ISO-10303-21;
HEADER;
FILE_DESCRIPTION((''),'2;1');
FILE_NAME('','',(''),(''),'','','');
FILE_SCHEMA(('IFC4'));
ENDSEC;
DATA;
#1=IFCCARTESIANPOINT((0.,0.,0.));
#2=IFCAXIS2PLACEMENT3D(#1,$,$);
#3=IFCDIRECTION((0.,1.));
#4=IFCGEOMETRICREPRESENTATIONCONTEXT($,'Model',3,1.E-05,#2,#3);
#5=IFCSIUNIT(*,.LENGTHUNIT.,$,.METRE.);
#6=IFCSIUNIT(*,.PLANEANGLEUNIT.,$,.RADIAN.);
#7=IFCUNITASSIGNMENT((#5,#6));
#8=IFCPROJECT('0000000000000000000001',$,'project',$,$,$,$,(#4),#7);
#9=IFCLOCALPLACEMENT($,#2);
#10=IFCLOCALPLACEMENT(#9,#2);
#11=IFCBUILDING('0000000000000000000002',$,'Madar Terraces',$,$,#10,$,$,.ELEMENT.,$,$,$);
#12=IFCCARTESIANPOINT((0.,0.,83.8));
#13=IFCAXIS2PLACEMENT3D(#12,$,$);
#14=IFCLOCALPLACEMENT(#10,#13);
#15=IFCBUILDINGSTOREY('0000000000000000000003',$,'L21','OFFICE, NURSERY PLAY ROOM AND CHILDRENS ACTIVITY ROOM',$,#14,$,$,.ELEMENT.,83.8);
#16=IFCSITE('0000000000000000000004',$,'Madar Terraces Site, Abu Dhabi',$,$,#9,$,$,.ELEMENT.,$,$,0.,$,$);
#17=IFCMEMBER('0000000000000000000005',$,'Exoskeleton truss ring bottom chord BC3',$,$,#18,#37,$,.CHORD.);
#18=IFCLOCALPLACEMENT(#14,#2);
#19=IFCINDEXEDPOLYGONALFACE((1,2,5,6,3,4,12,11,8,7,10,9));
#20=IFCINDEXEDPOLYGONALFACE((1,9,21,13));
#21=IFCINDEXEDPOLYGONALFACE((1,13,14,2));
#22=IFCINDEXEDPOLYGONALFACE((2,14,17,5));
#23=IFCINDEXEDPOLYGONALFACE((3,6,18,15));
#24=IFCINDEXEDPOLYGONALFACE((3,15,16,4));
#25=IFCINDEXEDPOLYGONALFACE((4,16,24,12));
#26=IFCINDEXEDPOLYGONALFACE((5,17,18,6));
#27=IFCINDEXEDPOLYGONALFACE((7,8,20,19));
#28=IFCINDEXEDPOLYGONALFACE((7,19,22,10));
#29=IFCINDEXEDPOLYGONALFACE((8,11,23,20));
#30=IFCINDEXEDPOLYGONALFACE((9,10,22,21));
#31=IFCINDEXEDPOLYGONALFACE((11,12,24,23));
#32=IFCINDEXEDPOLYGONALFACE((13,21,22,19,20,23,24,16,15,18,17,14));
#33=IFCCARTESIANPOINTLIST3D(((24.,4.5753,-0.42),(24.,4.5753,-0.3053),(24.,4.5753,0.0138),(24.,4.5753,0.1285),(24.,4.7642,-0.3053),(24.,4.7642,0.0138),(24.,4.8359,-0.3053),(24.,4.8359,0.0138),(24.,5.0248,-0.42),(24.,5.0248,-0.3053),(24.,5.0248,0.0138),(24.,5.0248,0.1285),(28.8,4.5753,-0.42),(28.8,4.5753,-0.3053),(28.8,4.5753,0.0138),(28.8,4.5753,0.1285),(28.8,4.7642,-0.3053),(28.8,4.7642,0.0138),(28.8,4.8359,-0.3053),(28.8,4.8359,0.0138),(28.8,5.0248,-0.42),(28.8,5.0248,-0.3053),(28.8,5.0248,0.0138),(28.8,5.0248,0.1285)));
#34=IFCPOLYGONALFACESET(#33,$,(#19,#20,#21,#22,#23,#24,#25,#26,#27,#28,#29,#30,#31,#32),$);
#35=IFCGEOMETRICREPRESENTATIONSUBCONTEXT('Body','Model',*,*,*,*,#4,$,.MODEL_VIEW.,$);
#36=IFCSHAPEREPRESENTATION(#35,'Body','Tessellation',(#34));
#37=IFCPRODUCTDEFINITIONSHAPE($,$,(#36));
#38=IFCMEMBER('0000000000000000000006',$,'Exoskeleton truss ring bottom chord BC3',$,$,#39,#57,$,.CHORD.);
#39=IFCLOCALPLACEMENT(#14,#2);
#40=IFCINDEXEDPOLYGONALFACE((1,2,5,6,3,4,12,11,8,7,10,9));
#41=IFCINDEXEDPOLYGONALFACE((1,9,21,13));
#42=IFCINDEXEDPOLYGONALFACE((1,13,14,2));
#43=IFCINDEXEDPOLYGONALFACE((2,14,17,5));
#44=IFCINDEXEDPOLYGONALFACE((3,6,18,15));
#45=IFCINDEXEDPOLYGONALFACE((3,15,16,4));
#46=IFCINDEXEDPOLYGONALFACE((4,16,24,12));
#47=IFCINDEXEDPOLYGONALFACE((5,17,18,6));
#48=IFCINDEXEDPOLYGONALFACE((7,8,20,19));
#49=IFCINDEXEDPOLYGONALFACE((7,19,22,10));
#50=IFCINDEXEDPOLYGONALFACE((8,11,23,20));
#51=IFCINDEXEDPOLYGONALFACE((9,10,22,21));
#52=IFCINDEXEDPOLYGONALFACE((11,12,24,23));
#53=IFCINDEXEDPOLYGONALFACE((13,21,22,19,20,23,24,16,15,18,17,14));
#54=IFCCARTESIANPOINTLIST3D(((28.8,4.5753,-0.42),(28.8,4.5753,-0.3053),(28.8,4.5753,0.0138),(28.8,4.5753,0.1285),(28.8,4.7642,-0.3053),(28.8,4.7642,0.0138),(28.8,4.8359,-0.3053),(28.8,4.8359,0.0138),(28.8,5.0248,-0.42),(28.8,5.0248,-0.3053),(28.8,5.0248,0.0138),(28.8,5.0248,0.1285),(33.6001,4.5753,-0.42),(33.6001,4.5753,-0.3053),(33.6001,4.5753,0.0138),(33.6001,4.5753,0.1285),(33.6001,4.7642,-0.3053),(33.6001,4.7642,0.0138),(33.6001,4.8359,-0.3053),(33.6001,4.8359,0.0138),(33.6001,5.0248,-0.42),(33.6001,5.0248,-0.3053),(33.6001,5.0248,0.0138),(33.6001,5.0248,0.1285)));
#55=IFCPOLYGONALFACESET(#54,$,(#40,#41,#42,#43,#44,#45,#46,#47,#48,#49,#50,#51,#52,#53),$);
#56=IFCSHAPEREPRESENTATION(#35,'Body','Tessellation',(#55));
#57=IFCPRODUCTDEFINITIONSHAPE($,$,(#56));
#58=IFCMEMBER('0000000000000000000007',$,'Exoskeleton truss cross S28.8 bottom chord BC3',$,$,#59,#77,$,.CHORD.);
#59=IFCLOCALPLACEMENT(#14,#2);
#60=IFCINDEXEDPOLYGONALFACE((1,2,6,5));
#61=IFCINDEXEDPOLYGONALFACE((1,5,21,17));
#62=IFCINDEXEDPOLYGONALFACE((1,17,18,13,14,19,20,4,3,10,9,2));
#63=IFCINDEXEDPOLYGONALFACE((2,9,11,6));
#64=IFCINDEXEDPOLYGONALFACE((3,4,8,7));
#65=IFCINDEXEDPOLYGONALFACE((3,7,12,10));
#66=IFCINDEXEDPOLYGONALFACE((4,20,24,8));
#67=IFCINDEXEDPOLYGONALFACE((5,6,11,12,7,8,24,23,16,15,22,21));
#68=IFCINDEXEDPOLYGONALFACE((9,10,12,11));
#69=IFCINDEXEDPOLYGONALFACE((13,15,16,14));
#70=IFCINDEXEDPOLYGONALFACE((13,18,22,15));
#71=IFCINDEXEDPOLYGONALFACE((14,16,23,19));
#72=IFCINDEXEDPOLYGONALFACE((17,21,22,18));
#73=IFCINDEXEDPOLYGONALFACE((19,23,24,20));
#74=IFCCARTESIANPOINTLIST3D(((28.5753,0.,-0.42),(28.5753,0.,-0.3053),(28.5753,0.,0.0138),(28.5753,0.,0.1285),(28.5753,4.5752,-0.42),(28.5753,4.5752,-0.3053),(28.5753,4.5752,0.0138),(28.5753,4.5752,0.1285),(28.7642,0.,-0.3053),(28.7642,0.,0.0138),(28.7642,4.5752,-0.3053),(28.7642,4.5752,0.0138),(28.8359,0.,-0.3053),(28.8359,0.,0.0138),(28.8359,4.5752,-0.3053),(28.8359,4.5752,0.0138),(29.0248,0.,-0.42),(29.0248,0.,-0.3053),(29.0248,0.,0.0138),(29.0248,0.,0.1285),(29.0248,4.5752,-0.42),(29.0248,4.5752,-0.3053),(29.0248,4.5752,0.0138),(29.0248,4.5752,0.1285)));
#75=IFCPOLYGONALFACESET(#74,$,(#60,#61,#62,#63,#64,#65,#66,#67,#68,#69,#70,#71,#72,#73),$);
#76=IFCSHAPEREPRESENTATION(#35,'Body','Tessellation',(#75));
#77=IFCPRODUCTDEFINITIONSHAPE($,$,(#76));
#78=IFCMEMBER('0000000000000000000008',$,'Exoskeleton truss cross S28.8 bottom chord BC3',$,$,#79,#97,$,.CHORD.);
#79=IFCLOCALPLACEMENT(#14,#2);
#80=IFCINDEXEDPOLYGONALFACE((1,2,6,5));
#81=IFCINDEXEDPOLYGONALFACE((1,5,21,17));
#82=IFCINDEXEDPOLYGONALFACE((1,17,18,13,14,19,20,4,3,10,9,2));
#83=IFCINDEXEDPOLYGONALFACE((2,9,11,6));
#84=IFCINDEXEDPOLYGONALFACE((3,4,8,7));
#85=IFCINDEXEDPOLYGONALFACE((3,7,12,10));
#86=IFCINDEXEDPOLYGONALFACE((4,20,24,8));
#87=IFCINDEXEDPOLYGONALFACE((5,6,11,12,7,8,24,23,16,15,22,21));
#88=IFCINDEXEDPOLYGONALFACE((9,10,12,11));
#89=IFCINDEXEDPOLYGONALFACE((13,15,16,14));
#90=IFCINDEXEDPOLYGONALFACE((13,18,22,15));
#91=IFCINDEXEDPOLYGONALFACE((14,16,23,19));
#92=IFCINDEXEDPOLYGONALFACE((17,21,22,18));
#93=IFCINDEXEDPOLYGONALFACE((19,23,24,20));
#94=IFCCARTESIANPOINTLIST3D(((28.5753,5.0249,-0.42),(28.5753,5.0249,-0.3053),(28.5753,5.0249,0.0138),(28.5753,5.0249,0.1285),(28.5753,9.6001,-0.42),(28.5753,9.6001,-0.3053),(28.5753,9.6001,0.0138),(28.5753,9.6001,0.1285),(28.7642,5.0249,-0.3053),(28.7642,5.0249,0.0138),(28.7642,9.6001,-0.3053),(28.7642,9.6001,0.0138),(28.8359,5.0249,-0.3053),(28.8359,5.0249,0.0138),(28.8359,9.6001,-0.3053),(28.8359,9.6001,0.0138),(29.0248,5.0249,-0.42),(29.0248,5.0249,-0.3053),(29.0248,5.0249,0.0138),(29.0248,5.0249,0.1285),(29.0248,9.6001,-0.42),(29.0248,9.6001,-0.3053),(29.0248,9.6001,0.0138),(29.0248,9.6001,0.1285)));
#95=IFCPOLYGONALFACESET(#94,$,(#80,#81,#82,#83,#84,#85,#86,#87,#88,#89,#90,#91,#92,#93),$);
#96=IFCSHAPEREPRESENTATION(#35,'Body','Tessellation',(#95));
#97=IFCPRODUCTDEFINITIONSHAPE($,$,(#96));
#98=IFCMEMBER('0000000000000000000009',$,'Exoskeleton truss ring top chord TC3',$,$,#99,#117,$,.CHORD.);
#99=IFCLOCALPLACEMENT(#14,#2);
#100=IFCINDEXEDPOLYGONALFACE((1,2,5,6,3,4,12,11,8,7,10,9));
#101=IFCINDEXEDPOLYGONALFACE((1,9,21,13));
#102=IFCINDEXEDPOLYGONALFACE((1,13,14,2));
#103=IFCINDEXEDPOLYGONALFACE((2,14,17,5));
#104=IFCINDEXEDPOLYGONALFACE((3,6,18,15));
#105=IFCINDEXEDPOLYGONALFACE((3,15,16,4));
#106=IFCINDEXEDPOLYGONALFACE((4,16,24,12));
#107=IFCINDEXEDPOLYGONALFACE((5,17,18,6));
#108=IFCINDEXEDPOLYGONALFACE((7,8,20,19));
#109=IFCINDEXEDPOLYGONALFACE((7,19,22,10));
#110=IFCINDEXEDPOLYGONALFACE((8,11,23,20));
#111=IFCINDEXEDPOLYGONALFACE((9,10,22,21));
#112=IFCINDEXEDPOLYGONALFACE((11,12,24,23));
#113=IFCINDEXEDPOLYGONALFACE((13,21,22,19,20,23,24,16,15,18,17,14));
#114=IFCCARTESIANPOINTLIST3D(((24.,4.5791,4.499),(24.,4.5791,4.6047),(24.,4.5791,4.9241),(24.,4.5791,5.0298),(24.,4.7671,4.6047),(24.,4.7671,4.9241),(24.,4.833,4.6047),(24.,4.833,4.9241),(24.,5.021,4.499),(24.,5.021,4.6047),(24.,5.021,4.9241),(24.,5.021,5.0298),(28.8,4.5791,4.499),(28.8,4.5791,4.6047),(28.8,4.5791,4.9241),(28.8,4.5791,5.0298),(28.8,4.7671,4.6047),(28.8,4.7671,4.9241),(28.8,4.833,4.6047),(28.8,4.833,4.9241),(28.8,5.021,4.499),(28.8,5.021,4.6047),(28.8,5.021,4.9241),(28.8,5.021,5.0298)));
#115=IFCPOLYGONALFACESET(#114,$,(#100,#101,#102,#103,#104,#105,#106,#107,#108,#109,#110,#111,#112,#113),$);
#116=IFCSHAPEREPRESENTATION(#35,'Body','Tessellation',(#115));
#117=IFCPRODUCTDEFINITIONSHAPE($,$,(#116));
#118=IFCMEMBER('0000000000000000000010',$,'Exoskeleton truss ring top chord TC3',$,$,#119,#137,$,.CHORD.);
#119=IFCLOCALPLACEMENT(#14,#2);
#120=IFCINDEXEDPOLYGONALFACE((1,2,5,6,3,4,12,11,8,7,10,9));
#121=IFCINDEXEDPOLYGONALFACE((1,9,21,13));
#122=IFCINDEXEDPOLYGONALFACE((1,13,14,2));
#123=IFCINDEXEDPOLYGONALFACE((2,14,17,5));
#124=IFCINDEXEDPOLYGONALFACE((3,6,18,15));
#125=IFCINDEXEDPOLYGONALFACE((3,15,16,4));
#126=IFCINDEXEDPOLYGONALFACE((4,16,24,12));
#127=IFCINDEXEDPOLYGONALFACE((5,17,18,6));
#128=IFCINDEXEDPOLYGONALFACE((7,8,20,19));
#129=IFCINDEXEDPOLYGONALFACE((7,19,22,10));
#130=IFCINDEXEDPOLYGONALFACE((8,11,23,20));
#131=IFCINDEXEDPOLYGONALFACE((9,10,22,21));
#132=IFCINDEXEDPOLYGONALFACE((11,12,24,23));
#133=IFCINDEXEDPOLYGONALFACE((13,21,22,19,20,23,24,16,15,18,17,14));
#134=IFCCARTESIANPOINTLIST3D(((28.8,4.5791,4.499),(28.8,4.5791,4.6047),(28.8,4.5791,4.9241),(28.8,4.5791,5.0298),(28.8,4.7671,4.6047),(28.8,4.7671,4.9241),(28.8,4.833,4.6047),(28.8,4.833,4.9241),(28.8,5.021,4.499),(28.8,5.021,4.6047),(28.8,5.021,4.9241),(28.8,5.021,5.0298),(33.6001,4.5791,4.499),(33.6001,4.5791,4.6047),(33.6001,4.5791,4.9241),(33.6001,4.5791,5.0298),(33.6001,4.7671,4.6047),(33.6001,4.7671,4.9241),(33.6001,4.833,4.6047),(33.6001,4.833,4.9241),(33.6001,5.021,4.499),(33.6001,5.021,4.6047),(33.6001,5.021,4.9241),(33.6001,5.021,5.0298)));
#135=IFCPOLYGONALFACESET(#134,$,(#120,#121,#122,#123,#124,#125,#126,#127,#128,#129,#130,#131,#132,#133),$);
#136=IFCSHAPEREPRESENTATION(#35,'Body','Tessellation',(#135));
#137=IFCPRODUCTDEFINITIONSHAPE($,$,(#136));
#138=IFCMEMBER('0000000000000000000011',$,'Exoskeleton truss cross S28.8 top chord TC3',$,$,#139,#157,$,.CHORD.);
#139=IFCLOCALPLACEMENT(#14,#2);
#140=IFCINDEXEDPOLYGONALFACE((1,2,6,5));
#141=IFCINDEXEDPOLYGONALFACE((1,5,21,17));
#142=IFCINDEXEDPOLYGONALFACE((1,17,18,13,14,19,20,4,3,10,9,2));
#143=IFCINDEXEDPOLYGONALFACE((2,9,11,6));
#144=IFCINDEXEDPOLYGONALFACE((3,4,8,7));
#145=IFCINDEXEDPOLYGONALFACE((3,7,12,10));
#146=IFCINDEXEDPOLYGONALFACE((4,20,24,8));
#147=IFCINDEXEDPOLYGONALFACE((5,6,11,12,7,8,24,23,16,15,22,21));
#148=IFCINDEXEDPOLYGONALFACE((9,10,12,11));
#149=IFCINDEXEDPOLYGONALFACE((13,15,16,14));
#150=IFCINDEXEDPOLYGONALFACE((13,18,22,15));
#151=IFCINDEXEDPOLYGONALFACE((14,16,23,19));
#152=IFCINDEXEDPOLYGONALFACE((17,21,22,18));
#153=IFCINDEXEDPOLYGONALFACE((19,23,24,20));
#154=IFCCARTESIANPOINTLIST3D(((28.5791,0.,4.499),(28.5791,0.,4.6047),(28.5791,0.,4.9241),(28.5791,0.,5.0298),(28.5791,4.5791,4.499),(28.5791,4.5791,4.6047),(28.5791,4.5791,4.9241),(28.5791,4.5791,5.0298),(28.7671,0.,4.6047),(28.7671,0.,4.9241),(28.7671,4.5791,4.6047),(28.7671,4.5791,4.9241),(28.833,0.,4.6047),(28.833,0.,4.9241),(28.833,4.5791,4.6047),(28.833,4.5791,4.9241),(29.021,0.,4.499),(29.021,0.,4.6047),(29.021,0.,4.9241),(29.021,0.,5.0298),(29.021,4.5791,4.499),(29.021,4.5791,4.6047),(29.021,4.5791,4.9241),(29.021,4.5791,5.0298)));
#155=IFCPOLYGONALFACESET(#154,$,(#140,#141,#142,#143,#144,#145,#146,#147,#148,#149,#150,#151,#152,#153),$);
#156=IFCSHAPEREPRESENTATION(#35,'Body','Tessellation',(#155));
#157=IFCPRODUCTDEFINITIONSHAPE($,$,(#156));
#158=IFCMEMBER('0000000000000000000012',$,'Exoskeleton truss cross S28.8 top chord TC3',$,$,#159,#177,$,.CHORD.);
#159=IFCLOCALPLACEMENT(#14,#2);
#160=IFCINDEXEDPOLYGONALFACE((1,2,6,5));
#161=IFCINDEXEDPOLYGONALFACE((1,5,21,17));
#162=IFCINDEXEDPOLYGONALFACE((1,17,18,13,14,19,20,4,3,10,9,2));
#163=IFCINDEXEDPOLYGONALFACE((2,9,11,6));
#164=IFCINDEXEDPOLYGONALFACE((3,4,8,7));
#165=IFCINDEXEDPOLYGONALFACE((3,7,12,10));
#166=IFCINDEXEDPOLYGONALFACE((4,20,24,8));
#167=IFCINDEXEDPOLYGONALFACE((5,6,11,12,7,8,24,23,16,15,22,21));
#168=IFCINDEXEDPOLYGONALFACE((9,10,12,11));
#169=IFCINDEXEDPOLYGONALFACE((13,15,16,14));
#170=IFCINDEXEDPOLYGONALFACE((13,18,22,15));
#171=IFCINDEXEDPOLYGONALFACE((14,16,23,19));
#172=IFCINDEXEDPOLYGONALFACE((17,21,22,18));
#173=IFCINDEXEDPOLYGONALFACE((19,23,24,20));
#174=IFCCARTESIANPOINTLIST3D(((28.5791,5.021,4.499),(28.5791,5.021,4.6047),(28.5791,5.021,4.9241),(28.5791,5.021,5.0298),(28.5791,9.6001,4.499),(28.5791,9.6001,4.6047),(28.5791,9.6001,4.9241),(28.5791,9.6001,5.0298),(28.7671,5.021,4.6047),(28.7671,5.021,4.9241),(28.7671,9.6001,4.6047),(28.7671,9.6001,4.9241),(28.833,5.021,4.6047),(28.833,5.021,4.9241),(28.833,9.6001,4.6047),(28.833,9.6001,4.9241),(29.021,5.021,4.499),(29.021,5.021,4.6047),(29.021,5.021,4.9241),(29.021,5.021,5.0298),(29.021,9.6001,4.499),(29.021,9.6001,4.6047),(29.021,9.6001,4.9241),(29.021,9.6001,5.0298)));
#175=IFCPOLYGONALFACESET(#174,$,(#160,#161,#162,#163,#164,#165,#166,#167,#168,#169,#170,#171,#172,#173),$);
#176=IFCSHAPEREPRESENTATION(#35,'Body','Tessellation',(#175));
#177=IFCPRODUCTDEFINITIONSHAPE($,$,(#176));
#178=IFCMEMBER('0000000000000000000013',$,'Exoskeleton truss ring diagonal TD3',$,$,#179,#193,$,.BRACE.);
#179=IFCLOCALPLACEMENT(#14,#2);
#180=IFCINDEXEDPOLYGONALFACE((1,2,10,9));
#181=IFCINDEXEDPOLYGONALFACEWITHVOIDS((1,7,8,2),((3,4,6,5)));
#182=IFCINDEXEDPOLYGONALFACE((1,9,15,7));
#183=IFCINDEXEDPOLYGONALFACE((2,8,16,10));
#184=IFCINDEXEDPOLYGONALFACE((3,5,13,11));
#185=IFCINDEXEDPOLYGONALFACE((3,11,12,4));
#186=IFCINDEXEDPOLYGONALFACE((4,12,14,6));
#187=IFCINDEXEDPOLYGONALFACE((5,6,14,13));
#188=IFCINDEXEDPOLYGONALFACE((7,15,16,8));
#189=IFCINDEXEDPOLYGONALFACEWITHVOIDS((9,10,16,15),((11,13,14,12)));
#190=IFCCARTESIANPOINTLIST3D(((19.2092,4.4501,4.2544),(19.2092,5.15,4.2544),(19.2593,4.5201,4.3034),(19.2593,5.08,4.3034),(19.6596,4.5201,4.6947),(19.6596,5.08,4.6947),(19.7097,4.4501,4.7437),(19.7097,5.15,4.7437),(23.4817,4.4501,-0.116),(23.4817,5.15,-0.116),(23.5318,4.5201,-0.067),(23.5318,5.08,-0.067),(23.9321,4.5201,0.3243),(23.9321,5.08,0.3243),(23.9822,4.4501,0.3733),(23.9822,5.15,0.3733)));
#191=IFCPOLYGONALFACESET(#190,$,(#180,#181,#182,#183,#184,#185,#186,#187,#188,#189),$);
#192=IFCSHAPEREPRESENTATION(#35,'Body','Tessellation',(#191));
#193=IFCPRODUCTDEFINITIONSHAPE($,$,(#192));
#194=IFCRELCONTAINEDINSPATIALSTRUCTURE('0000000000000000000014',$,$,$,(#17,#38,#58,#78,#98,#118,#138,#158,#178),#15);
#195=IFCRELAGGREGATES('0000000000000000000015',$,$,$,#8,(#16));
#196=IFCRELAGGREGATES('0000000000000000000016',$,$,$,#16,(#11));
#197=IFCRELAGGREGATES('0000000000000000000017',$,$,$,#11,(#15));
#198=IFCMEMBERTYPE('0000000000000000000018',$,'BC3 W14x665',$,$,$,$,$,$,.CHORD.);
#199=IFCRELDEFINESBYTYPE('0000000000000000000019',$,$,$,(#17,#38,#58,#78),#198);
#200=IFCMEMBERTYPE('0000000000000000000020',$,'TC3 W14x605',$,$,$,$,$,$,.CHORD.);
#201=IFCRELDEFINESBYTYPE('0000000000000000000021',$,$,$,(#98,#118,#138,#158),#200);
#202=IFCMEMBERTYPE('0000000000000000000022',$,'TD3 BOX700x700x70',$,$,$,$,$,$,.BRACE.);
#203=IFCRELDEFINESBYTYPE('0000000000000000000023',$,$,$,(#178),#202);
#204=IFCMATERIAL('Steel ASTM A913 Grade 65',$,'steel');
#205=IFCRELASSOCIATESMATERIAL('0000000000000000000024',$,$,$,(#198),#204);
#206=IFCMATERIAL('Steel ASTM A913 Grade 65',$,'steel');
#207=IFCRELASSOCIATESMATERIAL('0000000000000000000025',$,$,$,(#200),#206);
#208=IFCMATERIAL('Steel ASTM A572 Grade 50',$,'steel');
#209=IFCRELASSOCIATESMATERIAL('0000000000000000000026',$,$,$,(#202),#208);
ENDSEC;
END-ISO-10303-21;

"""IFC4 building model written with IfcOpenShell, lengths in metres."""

from ifc_helpers import new_model, si_unit, direction, frame, origin, origin_2d, place, context, subcontext, project, spatial, hollow_rectangle, i_section, extrude, material, material_profile, profile_set, type_object, element, save


model = new_model("IFC4")

# Units and contexts
model_context = context("Model", 3, precision=1e-05, world=origin(), true_north=direction((0.0, 1.0)))
body_context = subcontext(model_context, "Body", "Model", "MODEL_VIEW")
ifc_project = project(units=[si_unit("LENGTHUNIT", "METRE"), si_unit("PLANEANGLEUNIT", "RADIAN")], contexts=[model_context])

# Site, building, storey
site_placement = place(None, origin())
site = spatial("IfcSite", under=ifc_project, at=site_placement, Name="Madar Terraces Site, Abu Dhabi", CompositionType="ELEMENT", RefElevation=0.0)
building_placement = place(site_placement, origin())
building = spatial("IfcBuilding", under=site, at=building_placement, Name="Madar Terraces", CompositionType="ELEMENT")
storey_placement = place(building_placement, frame((0.0, 0.0, 83.8)))
storey = spatial("IfcBuildingStorey", under=building, at=storey_placement, Name="L21", Description="OFFICE, NURSERY PLAY ROOM AND CHILDRENS ACTIVITY ROOM", CompositionType="ELEMENT", Elevation=83.8)

# Members
ifc_material_1 = material(Name="Steel ASTM A913 Grade 65", Category="steel")
ifc_material_profile_1 = material_profile(ifc_material_1, i_section(OverallWidth=0.4495, OverallDepth=0.5486, WebThickness=0.0718, FlangeThickness=0.1147, at=origin_2d()), Name="W14x665")
ifc_profile_set_1 = profile_set([ifc_material_profile_1], Name="Steel ASTM A913 Grade 65")
member_type_1 = type_object("IfcMemberType", Name="BC3 W14x665", PredefinedType="CHORD", material=ifc_profile_set_1)
for number, where, z_axis, x_axis, name in (
    (1, (24.0, 4.8, -0.1458), (1.0, 0.0, 0.0), (0.0, 1.0, 0.0), "Exoskeleton truss ring bottom chord BC3"),
    (2, (28.8, 4.8, -0.1458), (1.0, 0.0, 0.0), (0.0, 1.0, 0.0), "Exoskeleton truss ring bottom chord BC3"),
):
    element("IfcMember", number, at=place(storey_placement, frame(where, z_axis=z_axis, x_axis=x_axis)), inside=storey, type_object=member_type_1, Name=name, PredefinedType="CHORD", context=body_context, shape_type="SweptSolid", body=[
        extrude(i_section(OverallWidth=0.4495, OverallDepth=0.5486, WebThickness=0.0718, FlangeThickness=0.1147, at=origin_2d()), origin(), (0.0, 0.0, 1.0), 4.8),
    ])
for number, where, z_axis, x_axis, name in (
    (3, (28.8, 0.0, -0.1458), (0.0, 1.0, 0.0), (-1.0, 0.0, 0.0), "Exoskeleton truss cross S28.8 bottom chord BC3"),
    (4, (28.8, 5.0249, -0.1458), (0.0, 1.0, 0.0), (-1.0, 0.0, 0.0), "Exoskeleton truss cross S28.8 bottom chord BC3"),
):
    element("IfcMember", number, at=place(storey_placement, frame(where, z_axis=z_axis, x_axis=x_axis)), inside=storey, type_object=member_type_1, Name=name, PredefinedType="CHORD", context=body_context, shape_type="SweptSolid", body=[
        extrude(i_section(OverallWidth=0.4495, OverallDepth=0.5486, WebThickness=0.0718, FlangeThickness=0.1147, at=origin_2d()), origin(), (0.0, 0.0, 1.0), 4.5752),
    ])
ifc_material_2 = material(Name="Steel ASTM A913 Grade 65", Category="steel")
ifc_material_profile_2 = material_profile(ifc_material_2, i_section(OverallWidth=0.4419, OverallDepth=0.5308, WebThickness=0.0659, FlangeThickness=0.1057, at=origin_2d()), Name="W14x605")
ifc_profile_set_2 = profile_set([ifc_material_profile_2], Name="Steel ASTM A913 Grade 65")
member_type_2 = type_object("IfcMemberType", Name="TC3 W14x605", PredefinedType="CHORD", material=ifc_profile_set_2)
for number, where, z_axis, x_axis, name in (
    (5, (24.0, 4.8, 4.7644), (1.0, 0.0, 0.0), (0.0, 1.0, 0.0), "Exoskeleton truss ring top chord TC3"),
    (6, (28.8, 4.8, 4.7644), (1.0, 0.0, 0.0), (0.0, 1.0, 0.0), "Exoskeleton truss ring top chord TC3"),
):
    element("IfcMember", number, at=place(storey_placement, frame(where, z_axis=z_axis, x_axis=x_axis)), inside=storey, type_object=member_type_2, Name=name, PredefinedType="CHORD", context=body_context, shape_type="SweptSolid", body=[
        extrude(i_section(OverallWidth=0.4419, OverallDepth=0.5308, WebThickness=0.0659, FlangeThickness=0.1057, at=origin_2d()), origin(), (0.0, 0.0, 1.0), 4.8),
    ])
for number, where, z_axis, x_axis, name in (
    (7, (28.8, 0.0, 4.7644), (0.0, 1.0, 0.0), (-1.0, 0.0, 0.0), "Exoskeleton truss cross S28.8 top chord TC3"),
    (8, (28.8, 5.021, 4.7644), (0.0, 1.0, 0.0), (-1.0, 0.0, 0.0), "Exoskeleton truss cross S28.8 top chord TC3"),
):
    element("IfcMember", number, at=place(storey_placement, frame(where, z_axis=z_axis, x_axis=x_axis)), inside=storey, type_object=member_type_2, Name=name, PredefinedType="CHORD", context=body_context, shape_type="SweptSolid", body=[
        extrude(i_section(OverallWidth=0.4419, OverallDepth=0.5308, WebThickness=0.0659, FlangeThickness=0.1057, at=origin_2d()), origin(), (0.0, 0.0, 1.0), 4.5791),
    ])
ifc_material_3 = material(Name="Steel ASTM A572 Grade 50", Category="steel")
ifc_material_profile_3 = material_profile(ifc_material_3, hollow_rectangle(XDim=0.7, YDim=0.7, WallThickness=0.0701, at=origin_2d()), Name="BOX700x700x70")
ifc_profile_set_3 = profile_set([ifc_material_profile_3], Name="Steel ASTM A572 Grade 50")
member_type_3 = type_object("IfcMemberType", Name="TD3 BOX700x700x70", PredefinedType="BRACE", material=ifc_profile_set_3)
for number, where, z_axis, x_axis, name in (
    (9, (19.4595, 4.8, 4.499), (0.699052, 0.0, -0.715071), (0.0, 1.0, 0.0), "Exoskeleton truss ring diagonal TD3"),
):
    element("IfcMember", number, at=place(storey_placement, frame(where, z_axis=z_axis, x_axis=x_axis)), inside=storey, type_object=member_type_3, Name=name, PredefinedType="BRACE", context=body_context, shape_type="SweptSolid", body=[
        extrude(hollow_rectangle(XDim=0.7, YDim=0.7, WallThickness=0.0701, at=origin_2d()), origin(), (0.0, 0.0, 1.0), 6.1118),
    ])

save(model, "model.ifc")
